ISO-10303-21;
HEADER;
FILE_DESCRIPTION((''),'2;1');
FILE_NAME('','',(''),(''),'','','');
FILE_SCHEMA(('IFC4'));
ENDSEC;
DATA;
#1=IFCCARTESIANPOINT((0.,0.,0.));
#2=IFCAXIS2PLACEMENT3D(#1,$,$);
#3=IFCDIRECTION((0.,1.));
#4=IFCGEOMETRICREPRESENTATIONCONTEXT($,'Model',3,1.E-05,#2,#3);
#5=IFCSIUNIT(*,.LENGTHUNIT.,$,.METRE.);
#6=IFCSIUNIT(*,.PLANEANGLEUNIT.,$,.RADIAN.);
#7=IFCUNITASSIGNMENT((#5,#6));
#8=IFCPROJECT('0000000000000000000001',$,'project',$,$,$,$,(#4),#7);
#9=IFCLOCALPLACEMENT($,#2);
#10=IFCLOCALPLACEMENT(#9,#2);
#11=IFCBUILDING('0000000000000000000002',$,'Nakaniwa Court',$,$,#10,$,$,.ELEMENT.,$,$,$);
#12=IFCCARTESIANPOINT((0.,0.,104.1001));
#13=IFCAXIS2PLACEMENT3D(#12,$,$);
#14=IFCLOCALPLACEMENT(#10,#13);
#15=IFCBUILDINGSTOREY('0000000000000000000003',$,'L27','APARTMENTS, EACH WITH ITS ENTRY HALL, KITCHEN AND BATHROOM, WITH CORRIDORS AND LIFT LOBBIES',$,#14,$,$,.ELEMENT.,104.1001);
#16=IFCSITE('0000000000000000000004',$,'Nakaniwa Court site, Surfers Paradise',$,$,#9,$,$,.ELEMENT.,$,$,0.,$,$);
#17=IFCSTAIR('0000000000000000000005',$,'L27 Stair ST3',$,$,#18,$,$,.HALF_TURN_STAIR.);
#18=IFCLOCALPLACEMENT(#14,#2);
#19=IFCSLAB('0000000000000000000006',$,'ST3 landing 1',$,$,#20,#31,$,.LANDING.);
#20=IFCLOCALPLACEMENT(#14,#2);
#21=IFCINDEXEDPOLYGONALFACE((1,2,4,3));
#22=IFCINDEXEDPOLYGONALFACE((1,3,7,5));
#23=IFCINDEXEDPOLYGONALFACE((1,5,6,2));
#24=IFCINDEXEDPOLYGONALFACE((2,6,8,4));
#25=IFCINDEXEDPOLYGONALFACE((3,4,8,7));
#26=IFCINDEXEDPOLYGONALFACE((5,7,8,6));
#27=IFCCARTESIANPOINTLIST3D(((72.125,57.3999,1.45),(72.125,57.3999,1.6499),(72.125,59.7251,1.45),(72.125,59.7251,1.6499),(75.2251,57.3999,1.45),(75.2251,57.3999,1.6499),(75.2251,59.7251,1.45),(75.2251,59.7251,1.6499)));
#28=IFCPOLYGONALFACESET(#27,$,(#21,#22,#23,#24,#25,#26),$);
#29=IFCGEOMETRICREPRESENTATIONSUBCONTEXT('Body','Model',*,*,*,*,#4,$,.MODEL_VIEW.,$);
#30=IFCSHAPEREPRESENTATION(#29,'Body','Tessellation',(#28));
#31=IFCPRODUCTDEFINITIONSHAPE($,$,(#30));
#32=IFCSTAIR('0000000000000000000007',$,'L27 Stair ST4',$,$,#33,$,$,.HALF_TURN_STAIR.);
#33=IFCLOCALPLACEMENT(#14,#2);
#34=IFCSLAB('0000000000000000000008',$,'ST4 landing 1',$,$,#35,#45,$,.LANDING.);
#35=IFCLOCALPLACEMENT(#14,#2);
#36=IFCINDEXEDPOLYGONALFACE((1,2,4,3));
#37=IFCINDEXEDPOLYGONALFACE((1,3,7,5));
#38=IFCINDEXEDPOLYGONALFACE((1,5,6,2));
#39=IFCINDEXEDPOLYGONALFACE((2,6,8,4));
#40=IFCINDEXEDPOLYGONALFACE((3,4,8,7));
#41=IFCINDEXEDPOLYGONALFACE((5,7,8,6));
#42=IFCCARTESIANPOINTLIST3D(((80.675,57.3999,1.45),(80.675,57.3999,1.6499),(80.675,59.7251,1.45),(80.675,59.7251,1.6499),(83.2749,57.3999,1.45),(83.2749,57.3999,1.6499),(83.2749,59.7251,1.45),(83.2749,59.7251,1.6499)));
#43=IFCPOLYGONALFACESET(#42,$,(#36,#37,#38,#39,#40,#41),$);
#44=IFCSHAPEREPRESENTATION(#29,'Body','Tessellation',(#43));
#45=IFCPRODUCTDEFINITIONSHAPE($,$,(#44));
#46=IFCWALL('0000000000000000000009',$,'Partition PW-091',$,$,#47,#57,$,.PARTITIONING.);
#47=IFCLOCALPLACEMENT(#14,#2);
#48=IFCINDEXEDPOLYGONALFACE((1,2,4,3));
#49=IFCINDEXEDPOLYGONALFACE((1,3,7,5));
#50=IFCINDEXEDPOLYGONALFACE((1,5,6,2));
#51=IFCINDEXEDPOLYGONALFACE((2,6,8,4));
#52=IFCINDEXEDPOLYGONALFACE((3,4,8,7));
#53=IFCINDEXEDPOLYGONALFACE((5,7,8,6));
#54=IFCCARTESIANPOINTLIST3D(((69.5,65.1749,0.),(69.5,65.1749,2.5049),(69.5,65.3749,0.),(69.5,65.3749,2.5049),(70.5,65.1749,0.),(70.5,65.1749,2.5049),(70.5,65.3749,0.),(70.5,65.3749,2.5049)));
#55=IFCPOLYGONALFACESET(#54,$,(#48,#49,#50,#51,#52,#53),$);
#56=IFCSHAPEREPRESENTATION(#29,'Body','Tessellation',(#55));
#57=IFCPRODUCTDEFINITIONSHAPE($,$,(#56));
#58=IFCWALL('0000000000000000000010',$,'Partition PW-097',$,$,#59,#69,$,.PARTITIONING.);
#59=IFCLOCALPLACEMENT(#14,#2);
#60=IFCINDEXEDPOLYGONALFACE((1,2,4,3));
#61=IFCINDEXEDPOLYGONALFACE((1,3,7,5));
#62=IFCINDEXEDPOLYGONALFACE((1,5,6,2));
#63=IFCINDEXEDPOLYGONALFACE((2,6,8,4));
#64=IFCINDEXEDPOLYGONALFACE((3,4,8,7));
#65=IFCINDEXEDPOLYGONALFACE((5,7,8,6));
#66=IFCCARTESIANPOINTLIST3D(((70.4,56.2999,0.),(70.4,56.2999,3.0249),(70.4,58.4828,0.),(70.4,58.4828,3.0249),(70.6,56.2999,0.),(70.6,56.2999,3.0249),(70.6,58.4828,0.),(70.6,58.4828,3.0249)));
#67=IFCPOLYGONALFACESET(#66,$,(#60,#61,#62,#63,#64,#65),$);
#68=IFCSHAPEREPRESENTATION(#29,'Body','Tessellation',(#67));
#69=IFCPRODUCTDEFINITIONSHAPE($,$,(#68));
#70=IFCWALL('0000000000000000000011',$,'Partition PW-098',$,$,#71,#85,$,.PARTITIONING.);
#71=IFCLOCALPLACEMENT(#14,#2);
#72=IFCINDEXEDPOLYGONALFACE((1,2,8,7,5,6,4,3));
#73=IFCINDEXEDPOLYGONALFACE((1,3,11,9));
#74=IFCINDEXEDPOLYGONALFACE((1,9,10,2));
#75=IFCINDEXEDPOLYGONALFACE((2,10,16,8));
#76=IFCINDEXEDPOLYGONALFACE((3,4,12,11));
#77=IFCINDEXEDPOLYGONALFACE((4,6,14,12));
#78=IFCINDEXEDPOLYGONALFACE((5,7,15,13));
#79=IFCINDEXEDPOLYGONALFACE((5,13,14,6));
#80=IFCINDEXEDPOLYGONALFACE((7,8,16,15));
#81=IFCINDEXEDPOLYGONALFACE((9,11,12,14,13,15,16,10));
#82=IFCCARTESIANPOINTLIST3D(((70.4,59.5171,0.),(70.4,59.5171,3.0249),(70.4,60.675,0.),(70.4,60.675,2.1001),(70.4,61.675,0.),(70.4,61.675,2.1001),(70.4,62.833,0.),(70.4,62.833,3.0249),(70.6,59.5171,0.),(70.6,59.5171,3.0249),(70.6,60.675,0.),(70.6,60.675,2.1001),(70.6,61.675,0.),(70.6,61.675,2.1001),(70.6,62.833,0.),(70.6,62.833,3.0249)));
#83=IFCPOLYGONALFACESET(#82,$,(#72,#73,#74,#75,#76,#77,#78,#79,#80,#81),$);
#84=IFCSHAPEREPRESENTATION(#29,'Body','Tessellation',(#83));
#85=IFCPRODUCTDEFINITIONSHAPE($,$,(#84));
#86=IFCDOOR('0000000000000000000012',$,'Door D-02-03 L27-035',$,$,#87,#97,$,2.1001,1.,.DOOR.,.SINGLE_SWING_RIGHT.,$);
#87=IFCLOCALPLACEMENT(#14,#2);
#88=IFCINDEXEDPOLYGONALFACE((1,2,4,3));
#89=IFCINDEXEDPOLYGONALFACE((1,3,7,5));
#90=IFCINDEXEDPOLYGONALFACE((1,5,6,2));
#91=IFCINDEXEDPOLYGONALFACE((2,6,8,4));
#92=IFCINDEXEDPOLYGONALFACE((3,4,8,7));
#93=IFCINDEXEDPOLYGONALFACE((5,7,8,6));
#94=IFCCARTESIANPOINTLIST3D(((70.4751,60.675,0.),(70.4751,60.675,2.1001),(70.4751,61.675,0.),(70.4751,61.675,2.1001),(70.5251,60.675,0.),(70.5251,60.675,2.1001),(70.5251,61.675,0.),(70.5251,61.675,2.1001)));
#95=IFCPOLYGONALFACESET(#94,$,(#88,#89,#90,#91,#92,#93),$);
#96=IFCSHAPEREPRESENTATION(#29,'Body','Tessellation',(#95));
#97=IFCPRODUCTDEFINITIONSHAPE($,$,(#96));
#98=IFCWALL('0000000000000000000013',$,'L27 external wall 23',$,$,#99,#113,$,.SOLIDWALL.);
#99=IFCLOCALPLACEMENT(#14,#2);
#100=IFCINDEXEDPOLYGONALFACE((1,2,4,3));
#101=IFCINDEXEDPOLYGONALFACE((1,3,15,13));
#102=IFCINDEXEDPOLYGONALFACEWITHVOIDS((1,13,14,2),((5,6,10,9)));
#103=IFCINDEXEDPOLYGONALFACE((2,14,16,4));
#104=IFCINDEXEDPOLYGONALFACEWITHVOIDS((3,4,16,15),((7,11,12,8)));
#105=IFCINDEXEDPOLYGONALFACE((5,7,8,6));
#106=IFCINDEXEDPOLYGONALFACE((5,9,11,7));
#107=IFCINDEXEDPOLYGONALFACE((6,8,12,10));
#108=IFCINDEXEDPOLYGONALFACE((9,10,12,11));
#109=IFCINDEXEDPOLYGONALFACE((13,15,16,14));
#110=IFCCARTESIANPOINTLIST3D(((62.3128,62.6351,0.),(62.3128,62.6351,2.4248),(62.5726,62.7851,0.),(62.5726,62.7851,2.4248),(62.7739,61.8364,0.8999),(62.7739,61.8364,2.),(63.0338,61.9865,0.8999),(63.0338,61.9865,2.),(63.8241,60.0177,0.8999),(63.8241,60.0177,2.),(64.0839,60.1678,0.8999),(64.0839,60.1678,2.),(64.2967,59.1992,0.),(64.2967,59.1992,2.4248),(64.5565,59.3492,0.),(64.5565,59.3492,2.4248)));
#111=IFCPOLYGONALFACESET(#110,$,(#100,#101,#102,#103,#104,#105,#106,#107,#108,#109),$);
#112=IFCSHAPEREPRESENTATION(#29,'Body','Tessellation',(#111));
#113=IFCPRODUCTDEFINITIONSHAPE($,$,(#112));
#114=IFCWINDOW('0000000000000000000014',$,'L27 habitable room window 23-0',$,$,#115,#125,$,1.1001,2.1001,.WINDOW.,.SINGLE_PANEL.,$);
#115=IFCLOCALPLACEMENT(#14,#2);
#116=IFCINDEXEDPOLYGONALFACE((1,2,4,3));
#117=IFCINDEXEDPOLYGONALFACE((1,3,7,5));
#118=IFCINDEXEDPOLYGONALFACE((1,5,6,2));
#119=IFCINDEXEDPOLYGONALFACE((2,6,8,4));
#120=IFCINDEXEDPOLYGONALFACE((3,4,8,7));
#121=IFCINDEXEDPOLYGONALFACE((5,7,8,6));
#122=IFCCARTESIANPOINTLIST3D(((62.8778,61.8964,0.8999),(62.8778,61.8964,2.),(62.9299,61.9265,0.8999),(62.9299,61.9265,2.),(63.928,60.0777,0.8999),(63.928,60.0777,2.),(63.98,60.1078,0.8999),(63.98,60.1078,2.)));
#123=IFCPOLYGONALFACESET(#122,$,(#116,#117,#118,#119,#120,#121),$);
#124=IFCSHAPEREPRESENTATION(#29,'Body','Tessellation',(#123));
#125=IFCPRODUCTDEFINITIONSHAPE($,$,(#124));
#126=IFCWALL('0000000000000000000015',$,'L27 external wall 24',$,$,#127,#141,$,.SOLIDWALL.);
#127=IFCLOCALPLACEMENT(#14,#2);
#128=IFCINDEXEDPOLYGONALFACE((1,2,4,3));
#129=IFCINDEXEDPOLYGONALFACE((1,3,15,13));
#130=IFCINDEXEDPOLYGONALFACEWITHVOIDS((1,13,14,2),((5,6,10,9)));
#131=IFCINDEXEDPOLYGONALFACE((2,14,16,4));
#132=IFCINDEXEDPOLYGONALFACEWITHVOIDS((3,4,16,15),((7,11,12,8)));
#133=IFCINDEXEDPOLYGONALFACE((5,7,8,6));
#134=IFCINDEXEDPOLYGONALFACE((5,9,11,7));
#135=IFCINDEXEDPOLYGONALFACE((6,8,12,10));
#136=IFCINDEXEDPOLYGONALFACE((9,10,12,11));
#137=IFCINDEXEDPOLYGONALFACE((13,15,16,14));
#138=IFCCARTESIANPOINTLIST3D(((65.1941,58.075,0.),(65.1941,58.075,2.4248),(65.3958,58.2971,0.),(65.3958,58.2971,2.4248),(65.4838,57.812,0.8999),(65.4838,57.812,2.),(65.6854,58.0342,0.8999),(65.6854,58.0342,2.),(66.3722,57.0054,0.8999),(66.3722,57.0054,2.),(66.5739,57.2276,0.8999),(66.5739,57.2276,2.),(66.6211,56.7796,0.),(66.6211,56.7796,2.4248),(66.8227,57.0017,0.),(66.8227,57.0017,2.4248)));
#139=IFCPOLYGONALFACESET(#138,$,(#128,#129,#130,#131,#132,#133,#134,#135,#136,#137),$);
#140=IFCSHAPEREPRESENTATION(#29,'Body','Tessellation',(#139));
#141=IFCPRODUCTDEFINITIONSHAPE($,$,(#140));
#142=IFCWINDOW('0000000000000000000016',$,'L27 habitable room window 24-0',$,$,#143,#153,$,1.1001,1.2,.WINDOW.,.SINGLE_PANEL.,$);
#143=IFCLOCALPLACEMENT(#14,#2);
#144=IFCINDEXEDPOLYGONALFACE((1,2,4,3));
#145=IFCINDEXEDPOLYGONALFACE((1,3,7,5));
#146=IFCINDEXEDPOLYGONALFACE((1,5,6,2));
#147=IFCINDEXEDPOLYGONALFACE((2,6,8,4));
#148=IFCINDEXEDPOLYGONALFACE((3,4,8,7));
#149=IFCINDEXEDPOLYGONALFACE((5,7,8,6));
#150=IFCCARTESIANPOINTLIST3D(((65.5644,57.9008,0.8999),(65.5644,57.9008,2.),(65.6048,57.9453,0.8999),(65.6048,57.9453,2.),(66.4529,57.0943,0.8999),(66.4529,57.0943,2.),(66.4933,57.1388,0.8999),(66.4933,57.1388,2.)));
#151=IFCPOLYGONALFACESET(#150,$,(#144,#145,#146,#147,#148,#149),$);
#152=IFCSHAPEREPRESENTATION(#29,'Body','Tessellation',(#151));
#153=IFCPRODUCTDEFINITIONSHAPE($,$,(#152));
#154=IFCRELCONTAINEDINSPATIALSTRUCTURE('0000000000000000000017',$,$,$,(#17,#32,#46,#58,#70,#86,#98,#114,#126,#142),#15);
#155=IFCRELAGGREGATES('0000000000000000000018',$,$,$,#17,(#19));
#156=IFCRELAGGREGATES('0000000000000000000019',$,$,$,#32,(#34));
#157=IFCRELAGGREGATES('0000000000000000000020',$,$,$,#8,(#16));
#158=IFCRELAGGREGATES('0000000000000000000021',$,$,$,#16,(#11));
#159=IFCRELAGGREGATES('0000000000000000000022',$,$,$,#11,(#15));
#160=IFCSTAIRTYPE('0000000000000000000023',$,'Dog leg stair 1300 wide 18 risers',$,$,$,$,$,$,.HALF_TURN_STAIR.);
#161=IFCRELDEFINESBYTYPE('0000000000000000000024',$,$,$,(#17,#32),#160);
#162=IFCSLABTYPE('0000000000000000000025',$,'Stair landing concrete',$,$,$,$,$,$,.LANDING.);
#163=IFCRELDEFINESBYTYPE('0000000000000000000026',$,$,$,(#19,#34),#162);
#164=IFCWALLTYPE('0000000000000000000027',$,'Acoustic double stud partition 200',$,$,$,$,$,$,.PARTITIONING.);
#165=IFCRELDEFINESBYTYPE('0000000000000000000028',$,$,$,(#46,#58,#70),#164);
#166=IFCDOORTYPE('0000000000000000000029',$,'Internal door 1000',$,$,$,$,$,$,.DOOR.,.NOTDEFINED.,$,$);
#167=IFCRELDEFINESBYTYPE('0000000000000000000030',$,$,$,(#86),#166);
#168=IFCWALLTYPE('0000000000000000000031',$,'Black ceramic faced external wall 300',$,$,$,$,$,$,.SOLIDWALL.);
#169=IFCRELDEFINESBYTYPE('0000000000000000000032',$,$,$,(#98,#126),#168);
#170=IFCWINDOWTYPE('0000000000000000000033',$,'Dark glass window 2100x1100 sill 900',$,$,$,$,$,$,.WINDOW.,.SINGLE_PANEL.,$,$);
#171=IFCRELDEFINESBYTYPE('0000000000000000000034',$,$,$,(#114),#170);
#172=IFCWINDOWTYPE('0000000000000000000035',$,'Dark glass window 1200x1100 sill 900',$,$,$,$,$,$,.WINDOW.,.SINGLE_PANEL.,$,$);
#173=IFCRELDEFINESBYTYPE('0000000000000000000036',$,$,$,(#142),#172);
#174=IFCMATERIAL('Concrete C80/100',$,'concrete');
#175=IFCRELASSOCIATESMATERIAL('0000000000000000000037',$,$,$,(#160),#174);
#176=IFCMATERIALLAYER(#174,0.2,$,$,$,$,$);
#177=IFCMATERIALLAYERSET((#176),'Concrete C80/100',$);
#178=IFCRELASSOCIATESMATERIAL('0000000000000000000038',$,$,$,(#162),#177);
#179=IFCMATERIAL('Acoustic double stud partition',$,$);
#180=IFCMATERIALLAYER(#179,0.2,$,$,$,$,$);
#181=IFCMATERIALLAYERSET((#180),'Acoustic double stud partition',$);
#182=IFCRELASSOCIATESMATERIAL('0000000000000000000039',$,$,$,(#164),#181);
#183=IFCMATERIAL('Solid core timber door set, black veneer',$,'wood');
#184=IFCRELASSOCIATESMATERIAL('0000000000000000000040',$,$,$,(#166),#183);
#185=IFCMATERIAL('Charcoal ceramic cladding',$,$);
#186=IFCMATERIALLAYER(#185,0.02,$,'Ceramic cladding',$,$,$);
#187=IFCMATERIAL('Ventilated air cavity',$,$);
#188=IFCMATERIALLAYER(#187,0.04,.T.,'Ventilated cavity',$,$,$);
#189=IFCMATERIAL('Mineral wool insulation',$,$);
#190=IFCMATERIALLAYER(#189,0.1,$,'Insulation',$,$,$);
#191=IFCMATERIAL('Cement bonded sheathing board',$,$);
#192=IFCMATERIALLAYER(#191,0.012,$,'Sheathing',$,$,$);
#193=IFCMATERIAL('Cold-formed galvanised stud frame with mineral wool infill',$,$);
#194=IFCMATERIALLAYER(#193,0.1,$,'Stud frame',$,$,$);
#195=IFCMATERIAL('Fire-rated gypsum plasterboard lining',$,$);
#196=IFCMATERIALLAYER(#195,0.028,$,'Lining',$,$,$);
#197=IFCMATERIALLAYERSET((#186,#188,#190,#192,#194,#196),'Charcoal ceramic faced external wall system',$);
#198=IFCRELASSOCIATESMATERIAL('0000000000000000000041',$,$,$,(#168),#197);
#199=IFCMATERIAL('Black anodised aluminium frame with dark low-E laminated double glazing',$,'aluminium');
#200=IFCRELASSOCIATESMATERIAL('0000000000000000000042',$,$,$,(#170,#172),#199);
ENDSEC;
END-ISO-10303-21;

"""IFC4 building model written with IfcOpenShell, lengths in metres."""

from ifc_helpers import new_model, si_unit, direction, frame, frame_2d, origin, place, context, subcontext, project, spatial, polyline, rectangle, outline, extrude, material, layer, layer_set, type_object, element, fill, aggregate, save


model = new_model("IFC4")

# Units and contexts
model_context = context("Model", 3, precision=1e-05, world=origin(), true_north=direction((0.0, 1.0)))
body_context = subcontext(model_context, "Body", "Model", "MODEL_VIEW")
ifc_project = project(units=[si_unit("LENGTHUNIT", "METRE"), si_unit("PLANEANGLEUNIT", "RADIAN")], contexts=[model_context])

# Site, building, storey
site_placement = place(None, origin())
site = spatial("IfcSite", under=ifc_project, at=site_placement, Name="Nakaniwa Court site, Surfers Paradise", CompositionType="ELEMENT", RefElevation=0.0)
building_placement = place(site_placement, origin())
building = spatial("IfcBuilding", under=site, at=building_placement, Name="Nakaniwa Court", CompositionType="ELEMENT")
storey_placement = place(building_placement, frame((0.0, 0.0, 104.1001)))
storey = spatial("IfcBuildingStorey", under=building, at=storey_placement, Name="L27", Description="APARTMENTS, EACH WITH ITS ENTRY HALL, KITCHEN AND BATHROOM, WITH CORRIDORS AND LIFT LOBBIES", CompositionType="ELEMENT", Elevation=104.1001)

# Shared definitions
ifc_material_1 = material(Name="Concrete C80/100", Category="concrete")

# Stairs, slabs
stair_type = type_object("IfcStairType", Name="Dog leg stair 1300 wide 18 risers", PredefinedType="HALF_TURN_STAIR", material=ifc_material_1)
ifc_layer_1 = layer(ifc_material_1, 0.2)
ifc_layer_set_1 = layer_set([ifc_layer_1], Name="Concrete C80/100")
slab_type_1 = type_object("IfcSlabType", Name="Stair landing concrete", PredefinedType="LANDING", material=ifc_layer_set_1)
stair_1_placement = place(storey_placement, origin())
stair_1 = element("IfcStair", 1, at=stair_1_placement, inside=storey, type_object=stair_type, Name="L27 Stair ST3", PredefinedType="HALF_TURN_STAIR")
slab_1_placement = place(storey_placement, frame((0.0, 0.0, 1.45)))
slab_1 = element("IfcSlab", 2, at=slab_1_placement, type_object=slab_type_1, Name="ST3 landing 1", PredefinedType="LANDING", context=body_context, shape_type="SweptSolid", body=[
    extrude(outline(polyline([(75.2251, 57.3999), (75.2251, 59.7251), (72.125, 59.7251), (72.125, 57.3999), (75.2251, 57.3999)])), origin(), (0.0, 0.0, 1.0), 0.2),
])
aggregate(stair_1, [slab_1])
stair_2_placement = place(storey_placement, origin())
stair_2 = element("IfcStair", 3, at=stair_2_placement, inside=storey, type_object=stair_type, Name="L27 Stair ST4", PredefinedType="HALF_TURN_STAIR")
slab_2_placement = place(storey_placement, frame((0.0, 0.0, 1.45)))
slab_2 = element("IfcSlab", 4, at=slab_2_placement, type_object=slab_type_1, Name="ST4 landing 1", PredefinedType="LANDING", context=body_context, shape_type="SweptSolid", body=[
    extrude(outline(polyline([(83.2749, 57.3999), (83.2749, 59.7251), (80.675, 59.7251), (80.675, 57.3999), (83.2749, 57.3999)])), origin(), (0.0, 0.0, 1.0), 0.2),
])
aggregate(stair_2, [slab_2])

# Walls
ifc_material_2 = material(Name="Acoustic double stud partition")
ifc_layer_2 = layer(ifc_material_2, 0.2)
ifc_layer_set_2 = layer_set([ifc_layer_2], Name="Acoustic double stud partition")
wall_type_1 = type_object("IfcWallType", Name="Acoustic double stud partition 200", PredefinedType="PARTITIONING", material=ifc_layer_set_2)
wall_1_placement = place(storey_placement, frame((69.5, 65.2749, 0.0), z_axis=(0.0, 0.0, 1.0), x_axis=(1.0, 0.0, 0.0)))
element("IfcWall", 5, at=wall_1_placement, inside=storey, type_object=wall_type_1, Name="Partition PW-091", PredefinedType="PARTITIONING", context=body_context, shape_type="SweptSolid", body=[
    extrude(rectangle(XDim=1.0, YDim=0.2, at=frame_2d((0.5, 0.0))), origin(), (0.0, 0.0, 1.0), 2.5049),
])
wall_2_placement = place(storey_placement, frame((70.5, 56.3, 0.0), z_axis=(0.0, 0.0, 1.0), x_axis=(0.0, 1.0, 0.0)))
element("IfcWall", 6, at=wall_2_placement, inside=storey, type_object=wall_type_1, Name="Partition PW-097", PredefinedType="PARTITIONING", context=body_context, shape_type="SweptSolid", body=[
    extrude(rectangle(XDim=2.1829, YDim=0.2, at=frame_2d((1.0913, 0.0))), origin(), (0.0, 0.0, 1.0), 3.0249),
])

# Wall, opening, door
wall_3_placement = place(storey_placement, frame((70.5, 59.5171, 0.0), z_axis=(0.0, 0.0, 1.0), x_axis=(0.0, 1.0, 0.0)))
wall_3 = element("IfcWall", 7, at=wall_3_placement, inside=storey, type_object=wall_type_1, Name="Partition PW-098", PredefinedType="PARTITIONING", context=body_context, shape_type="SweptSolid", body=[
    extrude(rectangle(XDim=3.3159, YDim=0.2, at=frame_2d((1.658, 0.0))), origin(), (0.0, 0.0, 1.0), 3.0249),
])
opening_1_placement = place(wall_3_placement, frame((1.158, 0.0, 0.0)))
opening_1 = element("IfcOpeningElement", 8, at=opening_1_placement, cuts=wall_3, PredefinedType="OPENING", context=body_context, shape_type="SweptSolid", body=[
    extrude(rectangle(XDim=1.0, YDim=2.1001, at=frame_2d((0.5, 1.05))), frame((0.0, 0.1099, 0.0), z_axis=(0.0, -1.0, 0.0), x_axis=(1.0, 0.0, 0.0)), (0.0, 0.0, 1.0), 0.22),
])
ifc_material_3 = material(Name="Solid core timber door set, black veneer", Category="wood")
door_type = type_object("IfcDoorType", Name="Internal door 1000", OperationType="NOTDEFINED", PredefinedType="DOOR", material=ifc_material_3)
door_placement = place(opening_1_placement, origin())
door = element("IfcDoor", 9, at=door_placement, inside=storey, type_object=door_type, Name="Door D-02-03 L27-035", OperationType="SINGLE_SWING_RIGHT", OverallHeight=2.1001, OverallWidth=1.0, PredefinedType="DOOR", context=body_context, shape_type="SweptSolid", body=[
    extrude(rectangle(XDim=1.0, YDim=2.1001, at=frame_2d((0.5, 1.05))), frame((0.0, 0.0249, 0.0), z_axis=(0.0, -1.0, 0.0), x_axis=(1.0, 0.0, 0.0)), (0.0, 0.0, 1.0), 0.05),
])
fill(opening_1, door)

# Walls, openings, windows
ifc_material_4 = material(Name="Charcoal ceramic cladding")
ifc_layer_3 = layer(ifc_material_4, 0.02, Name="Ceramic cladding")
ifc_material_5 = material(Name="Ventilated air cavity")
ifc_layer_4 = layer(ifc_material_5, 0.04, ventilated=True, Name="Ventilated cavity")
ifc_material_6 = material(Name="Mineral wool insulation")
ifc_layer_5 = layer(ifc_material_6, 0.1, Name="Insulation")
ifc_material_7 = material(Name="Cement bonded sheathing board")
ifc_layer_6 = layer(ifc_material_7, 0.012, Name="Sheathing")
ifc_material_8 = material(Name="Cold-formed galvanised stud frame with mineral wool infill")
ifc_layer_7 = layer(ifc_material_8, 0.1, Name="Stud frame")
ifc_material_9 = material(Name="Fire-rated gypsum plasterboard lining")
ifc_layer_8 = layer(ifc_material_9, 0.028, Name="Lining")
ifc_layer_set_3 = layer_set([ifc_layer_3, ifc_layer_4, ifc_layer_5, ifc_layer_6, ifc_layer_7, ifc_layer_8], Name="Charcoal ceramic faced external wall system")
wall_type_2 = type_object("IfcWallType", Name="Black ceramic faced external wall 300", PredefinedType="SOLIDWALL", material=ifc_layer_set_3)
wall_4_placement = place(storey_placement, frame((62.4426, 62.7102, 0.0), z_axis=(0.0, 0.0, 1.0), x_axis=(0.500044, -0.866, 0.0)))
wall_4 = element("IfcWall", 10, at=wall_4_placement, inside=storey, type_object=wall_type_2, Name="L27 external wall 23", PredefinedType="SOLIDWALL", context=body_context, shape_type="SweptSolid", body=[
    extrude(rectangle(XDim=3.9675, YDim=0.3, at=frame_2d((1.9839, 0.0))), origin(), (0.0, 0.0, 1.0), 2.4248),
])
opening_2_placement = place(wall_4_placement, frame((0.9224, 0.0, 0.8999)))
opening_2 = element("IfcOpeningElement", 11, at=opening_2_placement, cuts=wall_4, PredefinedType="OPENING", context=body_context, shape_type="SweptSolid", body=[
    extrude(rectangle(XDim=2.1001, YDim=1.1001, at=frame_2d((1.05, 0.55))), frame((0.0, 0.1599, 0.0), z_axis=(0.0, -1.0, 0.0), x_axis=(1.0, 0.0, 0.0)), (0.0, 0.0, 1.0), 0.3201),
])
ifc_material_10 = material(Name="Black anodised aluminium frame with dark low-E laminated double glazing", Category="aluminium")
window_type_1 = type_object("IfcWindowType", Name="Dark glass window 2100x1100 sill 900", PartitioningType="SINGLE_PANEL", PredefinedType="WINDOW", material=ifc_material_10)
window_1_placement = place(opening_2_placement, origin())
window_1 = element("IfcWindow", 12, at=window_1_placement, inside=storey, type_object=window_type_1, Name="L27 habitable room window 23-0", OverallHeight=1.1001, OverallWidth=2.1001, PartitioningType="SINGLE_PANEL", PredefinedType="WINDOW", context=body_context, shape_type="SweptSolid", body=[
    extrude(rectangle(XDim=2.1001, YDim=1.1001, at=frame_2d((1.05, 0.55))), frame((0.0, 0.03, 0.0), z_axis=(0.0, -1.0, 0.0), x_axis=(1.0, 0.0, 0.0)), (0.0, 0.0, 1.0), 0.0601),
])
fill(opening_2, window_1)
wall_5_placement = place(storey_placement, frame((65.2949, 58.186, 0.0), z_axis=(0.0, 0.0, 1.0), x_axis=(0.740421, -0.672143, 0.0)))
wall_5 = element("IfcWall", 13, at=wall_5_placement, inside=storey, type_object=wall_type_2, Name="L27 external wall 24", PredefinedType="SOLIDWALL", context=body_context, shape_type="SweptSolid", body=[
    extrude(rectangle(XDim=1.9272, YDim=0.3, at=frame_2d((0.9636, 0.0))), origin(), (0.0, 0.0, 1.0), 2.4248),
])
opening_3_placement = place(wall_5_placement, frame((0.3911, 0.0, 0.8999)))
opening_3 = element("IfcOpeningElement", 14, at=opening_3_placement, cuts=wall_5, PredefinedType="OPENING", context=body_context, shape_type="SweptSolid", body=[
    extrude(rectangle(XDim=1.2, YDim=1.1001, at=frame_2d((0.6001, 0.55))), frame((0.0, 0.1599, 0.0), z_axis=(0.0, -1.0, 0.0), x_axis=(1.0, 0.0, 0.0)), (0.0, 0.0, 1.0), 0.3201),
])
window_type_2 = type_object("IfcWindowType", Name="Dark glass window 1200x1100 sill 900", PartitioningType="SINGLE_PANEL", PredefinedType="WINDOW", material=ifc_material_10)
window_2_placement = place(opening_3_placement, origin())
window_2 = element("IfcWindow", 15, at=window_2_placement, inside=storey, type_object=window_type_2, Name="L27 habitable room window 24-0", OverallHeight=1.1001, OverallWidth=1.2, PartitioningType="SINGLE_PANEL", PredefinedType="WINDOW", context=body_context, shape_type="SweptSolid", body=[
    extrude(rectangle(XDim=1.2, YDim=1.1001, at=frame_2d((0.6001, 0.55))), frame((0.0, 0.03, 0.0), z_axis=(0.0, -1.0, 0.0), x_axis=(1.0, 0.0, 0.0)), (0.0, 0.0, 1.0), 0.0601),
])
fill(opening_3, window_2)

save(model, "model.ifc")
